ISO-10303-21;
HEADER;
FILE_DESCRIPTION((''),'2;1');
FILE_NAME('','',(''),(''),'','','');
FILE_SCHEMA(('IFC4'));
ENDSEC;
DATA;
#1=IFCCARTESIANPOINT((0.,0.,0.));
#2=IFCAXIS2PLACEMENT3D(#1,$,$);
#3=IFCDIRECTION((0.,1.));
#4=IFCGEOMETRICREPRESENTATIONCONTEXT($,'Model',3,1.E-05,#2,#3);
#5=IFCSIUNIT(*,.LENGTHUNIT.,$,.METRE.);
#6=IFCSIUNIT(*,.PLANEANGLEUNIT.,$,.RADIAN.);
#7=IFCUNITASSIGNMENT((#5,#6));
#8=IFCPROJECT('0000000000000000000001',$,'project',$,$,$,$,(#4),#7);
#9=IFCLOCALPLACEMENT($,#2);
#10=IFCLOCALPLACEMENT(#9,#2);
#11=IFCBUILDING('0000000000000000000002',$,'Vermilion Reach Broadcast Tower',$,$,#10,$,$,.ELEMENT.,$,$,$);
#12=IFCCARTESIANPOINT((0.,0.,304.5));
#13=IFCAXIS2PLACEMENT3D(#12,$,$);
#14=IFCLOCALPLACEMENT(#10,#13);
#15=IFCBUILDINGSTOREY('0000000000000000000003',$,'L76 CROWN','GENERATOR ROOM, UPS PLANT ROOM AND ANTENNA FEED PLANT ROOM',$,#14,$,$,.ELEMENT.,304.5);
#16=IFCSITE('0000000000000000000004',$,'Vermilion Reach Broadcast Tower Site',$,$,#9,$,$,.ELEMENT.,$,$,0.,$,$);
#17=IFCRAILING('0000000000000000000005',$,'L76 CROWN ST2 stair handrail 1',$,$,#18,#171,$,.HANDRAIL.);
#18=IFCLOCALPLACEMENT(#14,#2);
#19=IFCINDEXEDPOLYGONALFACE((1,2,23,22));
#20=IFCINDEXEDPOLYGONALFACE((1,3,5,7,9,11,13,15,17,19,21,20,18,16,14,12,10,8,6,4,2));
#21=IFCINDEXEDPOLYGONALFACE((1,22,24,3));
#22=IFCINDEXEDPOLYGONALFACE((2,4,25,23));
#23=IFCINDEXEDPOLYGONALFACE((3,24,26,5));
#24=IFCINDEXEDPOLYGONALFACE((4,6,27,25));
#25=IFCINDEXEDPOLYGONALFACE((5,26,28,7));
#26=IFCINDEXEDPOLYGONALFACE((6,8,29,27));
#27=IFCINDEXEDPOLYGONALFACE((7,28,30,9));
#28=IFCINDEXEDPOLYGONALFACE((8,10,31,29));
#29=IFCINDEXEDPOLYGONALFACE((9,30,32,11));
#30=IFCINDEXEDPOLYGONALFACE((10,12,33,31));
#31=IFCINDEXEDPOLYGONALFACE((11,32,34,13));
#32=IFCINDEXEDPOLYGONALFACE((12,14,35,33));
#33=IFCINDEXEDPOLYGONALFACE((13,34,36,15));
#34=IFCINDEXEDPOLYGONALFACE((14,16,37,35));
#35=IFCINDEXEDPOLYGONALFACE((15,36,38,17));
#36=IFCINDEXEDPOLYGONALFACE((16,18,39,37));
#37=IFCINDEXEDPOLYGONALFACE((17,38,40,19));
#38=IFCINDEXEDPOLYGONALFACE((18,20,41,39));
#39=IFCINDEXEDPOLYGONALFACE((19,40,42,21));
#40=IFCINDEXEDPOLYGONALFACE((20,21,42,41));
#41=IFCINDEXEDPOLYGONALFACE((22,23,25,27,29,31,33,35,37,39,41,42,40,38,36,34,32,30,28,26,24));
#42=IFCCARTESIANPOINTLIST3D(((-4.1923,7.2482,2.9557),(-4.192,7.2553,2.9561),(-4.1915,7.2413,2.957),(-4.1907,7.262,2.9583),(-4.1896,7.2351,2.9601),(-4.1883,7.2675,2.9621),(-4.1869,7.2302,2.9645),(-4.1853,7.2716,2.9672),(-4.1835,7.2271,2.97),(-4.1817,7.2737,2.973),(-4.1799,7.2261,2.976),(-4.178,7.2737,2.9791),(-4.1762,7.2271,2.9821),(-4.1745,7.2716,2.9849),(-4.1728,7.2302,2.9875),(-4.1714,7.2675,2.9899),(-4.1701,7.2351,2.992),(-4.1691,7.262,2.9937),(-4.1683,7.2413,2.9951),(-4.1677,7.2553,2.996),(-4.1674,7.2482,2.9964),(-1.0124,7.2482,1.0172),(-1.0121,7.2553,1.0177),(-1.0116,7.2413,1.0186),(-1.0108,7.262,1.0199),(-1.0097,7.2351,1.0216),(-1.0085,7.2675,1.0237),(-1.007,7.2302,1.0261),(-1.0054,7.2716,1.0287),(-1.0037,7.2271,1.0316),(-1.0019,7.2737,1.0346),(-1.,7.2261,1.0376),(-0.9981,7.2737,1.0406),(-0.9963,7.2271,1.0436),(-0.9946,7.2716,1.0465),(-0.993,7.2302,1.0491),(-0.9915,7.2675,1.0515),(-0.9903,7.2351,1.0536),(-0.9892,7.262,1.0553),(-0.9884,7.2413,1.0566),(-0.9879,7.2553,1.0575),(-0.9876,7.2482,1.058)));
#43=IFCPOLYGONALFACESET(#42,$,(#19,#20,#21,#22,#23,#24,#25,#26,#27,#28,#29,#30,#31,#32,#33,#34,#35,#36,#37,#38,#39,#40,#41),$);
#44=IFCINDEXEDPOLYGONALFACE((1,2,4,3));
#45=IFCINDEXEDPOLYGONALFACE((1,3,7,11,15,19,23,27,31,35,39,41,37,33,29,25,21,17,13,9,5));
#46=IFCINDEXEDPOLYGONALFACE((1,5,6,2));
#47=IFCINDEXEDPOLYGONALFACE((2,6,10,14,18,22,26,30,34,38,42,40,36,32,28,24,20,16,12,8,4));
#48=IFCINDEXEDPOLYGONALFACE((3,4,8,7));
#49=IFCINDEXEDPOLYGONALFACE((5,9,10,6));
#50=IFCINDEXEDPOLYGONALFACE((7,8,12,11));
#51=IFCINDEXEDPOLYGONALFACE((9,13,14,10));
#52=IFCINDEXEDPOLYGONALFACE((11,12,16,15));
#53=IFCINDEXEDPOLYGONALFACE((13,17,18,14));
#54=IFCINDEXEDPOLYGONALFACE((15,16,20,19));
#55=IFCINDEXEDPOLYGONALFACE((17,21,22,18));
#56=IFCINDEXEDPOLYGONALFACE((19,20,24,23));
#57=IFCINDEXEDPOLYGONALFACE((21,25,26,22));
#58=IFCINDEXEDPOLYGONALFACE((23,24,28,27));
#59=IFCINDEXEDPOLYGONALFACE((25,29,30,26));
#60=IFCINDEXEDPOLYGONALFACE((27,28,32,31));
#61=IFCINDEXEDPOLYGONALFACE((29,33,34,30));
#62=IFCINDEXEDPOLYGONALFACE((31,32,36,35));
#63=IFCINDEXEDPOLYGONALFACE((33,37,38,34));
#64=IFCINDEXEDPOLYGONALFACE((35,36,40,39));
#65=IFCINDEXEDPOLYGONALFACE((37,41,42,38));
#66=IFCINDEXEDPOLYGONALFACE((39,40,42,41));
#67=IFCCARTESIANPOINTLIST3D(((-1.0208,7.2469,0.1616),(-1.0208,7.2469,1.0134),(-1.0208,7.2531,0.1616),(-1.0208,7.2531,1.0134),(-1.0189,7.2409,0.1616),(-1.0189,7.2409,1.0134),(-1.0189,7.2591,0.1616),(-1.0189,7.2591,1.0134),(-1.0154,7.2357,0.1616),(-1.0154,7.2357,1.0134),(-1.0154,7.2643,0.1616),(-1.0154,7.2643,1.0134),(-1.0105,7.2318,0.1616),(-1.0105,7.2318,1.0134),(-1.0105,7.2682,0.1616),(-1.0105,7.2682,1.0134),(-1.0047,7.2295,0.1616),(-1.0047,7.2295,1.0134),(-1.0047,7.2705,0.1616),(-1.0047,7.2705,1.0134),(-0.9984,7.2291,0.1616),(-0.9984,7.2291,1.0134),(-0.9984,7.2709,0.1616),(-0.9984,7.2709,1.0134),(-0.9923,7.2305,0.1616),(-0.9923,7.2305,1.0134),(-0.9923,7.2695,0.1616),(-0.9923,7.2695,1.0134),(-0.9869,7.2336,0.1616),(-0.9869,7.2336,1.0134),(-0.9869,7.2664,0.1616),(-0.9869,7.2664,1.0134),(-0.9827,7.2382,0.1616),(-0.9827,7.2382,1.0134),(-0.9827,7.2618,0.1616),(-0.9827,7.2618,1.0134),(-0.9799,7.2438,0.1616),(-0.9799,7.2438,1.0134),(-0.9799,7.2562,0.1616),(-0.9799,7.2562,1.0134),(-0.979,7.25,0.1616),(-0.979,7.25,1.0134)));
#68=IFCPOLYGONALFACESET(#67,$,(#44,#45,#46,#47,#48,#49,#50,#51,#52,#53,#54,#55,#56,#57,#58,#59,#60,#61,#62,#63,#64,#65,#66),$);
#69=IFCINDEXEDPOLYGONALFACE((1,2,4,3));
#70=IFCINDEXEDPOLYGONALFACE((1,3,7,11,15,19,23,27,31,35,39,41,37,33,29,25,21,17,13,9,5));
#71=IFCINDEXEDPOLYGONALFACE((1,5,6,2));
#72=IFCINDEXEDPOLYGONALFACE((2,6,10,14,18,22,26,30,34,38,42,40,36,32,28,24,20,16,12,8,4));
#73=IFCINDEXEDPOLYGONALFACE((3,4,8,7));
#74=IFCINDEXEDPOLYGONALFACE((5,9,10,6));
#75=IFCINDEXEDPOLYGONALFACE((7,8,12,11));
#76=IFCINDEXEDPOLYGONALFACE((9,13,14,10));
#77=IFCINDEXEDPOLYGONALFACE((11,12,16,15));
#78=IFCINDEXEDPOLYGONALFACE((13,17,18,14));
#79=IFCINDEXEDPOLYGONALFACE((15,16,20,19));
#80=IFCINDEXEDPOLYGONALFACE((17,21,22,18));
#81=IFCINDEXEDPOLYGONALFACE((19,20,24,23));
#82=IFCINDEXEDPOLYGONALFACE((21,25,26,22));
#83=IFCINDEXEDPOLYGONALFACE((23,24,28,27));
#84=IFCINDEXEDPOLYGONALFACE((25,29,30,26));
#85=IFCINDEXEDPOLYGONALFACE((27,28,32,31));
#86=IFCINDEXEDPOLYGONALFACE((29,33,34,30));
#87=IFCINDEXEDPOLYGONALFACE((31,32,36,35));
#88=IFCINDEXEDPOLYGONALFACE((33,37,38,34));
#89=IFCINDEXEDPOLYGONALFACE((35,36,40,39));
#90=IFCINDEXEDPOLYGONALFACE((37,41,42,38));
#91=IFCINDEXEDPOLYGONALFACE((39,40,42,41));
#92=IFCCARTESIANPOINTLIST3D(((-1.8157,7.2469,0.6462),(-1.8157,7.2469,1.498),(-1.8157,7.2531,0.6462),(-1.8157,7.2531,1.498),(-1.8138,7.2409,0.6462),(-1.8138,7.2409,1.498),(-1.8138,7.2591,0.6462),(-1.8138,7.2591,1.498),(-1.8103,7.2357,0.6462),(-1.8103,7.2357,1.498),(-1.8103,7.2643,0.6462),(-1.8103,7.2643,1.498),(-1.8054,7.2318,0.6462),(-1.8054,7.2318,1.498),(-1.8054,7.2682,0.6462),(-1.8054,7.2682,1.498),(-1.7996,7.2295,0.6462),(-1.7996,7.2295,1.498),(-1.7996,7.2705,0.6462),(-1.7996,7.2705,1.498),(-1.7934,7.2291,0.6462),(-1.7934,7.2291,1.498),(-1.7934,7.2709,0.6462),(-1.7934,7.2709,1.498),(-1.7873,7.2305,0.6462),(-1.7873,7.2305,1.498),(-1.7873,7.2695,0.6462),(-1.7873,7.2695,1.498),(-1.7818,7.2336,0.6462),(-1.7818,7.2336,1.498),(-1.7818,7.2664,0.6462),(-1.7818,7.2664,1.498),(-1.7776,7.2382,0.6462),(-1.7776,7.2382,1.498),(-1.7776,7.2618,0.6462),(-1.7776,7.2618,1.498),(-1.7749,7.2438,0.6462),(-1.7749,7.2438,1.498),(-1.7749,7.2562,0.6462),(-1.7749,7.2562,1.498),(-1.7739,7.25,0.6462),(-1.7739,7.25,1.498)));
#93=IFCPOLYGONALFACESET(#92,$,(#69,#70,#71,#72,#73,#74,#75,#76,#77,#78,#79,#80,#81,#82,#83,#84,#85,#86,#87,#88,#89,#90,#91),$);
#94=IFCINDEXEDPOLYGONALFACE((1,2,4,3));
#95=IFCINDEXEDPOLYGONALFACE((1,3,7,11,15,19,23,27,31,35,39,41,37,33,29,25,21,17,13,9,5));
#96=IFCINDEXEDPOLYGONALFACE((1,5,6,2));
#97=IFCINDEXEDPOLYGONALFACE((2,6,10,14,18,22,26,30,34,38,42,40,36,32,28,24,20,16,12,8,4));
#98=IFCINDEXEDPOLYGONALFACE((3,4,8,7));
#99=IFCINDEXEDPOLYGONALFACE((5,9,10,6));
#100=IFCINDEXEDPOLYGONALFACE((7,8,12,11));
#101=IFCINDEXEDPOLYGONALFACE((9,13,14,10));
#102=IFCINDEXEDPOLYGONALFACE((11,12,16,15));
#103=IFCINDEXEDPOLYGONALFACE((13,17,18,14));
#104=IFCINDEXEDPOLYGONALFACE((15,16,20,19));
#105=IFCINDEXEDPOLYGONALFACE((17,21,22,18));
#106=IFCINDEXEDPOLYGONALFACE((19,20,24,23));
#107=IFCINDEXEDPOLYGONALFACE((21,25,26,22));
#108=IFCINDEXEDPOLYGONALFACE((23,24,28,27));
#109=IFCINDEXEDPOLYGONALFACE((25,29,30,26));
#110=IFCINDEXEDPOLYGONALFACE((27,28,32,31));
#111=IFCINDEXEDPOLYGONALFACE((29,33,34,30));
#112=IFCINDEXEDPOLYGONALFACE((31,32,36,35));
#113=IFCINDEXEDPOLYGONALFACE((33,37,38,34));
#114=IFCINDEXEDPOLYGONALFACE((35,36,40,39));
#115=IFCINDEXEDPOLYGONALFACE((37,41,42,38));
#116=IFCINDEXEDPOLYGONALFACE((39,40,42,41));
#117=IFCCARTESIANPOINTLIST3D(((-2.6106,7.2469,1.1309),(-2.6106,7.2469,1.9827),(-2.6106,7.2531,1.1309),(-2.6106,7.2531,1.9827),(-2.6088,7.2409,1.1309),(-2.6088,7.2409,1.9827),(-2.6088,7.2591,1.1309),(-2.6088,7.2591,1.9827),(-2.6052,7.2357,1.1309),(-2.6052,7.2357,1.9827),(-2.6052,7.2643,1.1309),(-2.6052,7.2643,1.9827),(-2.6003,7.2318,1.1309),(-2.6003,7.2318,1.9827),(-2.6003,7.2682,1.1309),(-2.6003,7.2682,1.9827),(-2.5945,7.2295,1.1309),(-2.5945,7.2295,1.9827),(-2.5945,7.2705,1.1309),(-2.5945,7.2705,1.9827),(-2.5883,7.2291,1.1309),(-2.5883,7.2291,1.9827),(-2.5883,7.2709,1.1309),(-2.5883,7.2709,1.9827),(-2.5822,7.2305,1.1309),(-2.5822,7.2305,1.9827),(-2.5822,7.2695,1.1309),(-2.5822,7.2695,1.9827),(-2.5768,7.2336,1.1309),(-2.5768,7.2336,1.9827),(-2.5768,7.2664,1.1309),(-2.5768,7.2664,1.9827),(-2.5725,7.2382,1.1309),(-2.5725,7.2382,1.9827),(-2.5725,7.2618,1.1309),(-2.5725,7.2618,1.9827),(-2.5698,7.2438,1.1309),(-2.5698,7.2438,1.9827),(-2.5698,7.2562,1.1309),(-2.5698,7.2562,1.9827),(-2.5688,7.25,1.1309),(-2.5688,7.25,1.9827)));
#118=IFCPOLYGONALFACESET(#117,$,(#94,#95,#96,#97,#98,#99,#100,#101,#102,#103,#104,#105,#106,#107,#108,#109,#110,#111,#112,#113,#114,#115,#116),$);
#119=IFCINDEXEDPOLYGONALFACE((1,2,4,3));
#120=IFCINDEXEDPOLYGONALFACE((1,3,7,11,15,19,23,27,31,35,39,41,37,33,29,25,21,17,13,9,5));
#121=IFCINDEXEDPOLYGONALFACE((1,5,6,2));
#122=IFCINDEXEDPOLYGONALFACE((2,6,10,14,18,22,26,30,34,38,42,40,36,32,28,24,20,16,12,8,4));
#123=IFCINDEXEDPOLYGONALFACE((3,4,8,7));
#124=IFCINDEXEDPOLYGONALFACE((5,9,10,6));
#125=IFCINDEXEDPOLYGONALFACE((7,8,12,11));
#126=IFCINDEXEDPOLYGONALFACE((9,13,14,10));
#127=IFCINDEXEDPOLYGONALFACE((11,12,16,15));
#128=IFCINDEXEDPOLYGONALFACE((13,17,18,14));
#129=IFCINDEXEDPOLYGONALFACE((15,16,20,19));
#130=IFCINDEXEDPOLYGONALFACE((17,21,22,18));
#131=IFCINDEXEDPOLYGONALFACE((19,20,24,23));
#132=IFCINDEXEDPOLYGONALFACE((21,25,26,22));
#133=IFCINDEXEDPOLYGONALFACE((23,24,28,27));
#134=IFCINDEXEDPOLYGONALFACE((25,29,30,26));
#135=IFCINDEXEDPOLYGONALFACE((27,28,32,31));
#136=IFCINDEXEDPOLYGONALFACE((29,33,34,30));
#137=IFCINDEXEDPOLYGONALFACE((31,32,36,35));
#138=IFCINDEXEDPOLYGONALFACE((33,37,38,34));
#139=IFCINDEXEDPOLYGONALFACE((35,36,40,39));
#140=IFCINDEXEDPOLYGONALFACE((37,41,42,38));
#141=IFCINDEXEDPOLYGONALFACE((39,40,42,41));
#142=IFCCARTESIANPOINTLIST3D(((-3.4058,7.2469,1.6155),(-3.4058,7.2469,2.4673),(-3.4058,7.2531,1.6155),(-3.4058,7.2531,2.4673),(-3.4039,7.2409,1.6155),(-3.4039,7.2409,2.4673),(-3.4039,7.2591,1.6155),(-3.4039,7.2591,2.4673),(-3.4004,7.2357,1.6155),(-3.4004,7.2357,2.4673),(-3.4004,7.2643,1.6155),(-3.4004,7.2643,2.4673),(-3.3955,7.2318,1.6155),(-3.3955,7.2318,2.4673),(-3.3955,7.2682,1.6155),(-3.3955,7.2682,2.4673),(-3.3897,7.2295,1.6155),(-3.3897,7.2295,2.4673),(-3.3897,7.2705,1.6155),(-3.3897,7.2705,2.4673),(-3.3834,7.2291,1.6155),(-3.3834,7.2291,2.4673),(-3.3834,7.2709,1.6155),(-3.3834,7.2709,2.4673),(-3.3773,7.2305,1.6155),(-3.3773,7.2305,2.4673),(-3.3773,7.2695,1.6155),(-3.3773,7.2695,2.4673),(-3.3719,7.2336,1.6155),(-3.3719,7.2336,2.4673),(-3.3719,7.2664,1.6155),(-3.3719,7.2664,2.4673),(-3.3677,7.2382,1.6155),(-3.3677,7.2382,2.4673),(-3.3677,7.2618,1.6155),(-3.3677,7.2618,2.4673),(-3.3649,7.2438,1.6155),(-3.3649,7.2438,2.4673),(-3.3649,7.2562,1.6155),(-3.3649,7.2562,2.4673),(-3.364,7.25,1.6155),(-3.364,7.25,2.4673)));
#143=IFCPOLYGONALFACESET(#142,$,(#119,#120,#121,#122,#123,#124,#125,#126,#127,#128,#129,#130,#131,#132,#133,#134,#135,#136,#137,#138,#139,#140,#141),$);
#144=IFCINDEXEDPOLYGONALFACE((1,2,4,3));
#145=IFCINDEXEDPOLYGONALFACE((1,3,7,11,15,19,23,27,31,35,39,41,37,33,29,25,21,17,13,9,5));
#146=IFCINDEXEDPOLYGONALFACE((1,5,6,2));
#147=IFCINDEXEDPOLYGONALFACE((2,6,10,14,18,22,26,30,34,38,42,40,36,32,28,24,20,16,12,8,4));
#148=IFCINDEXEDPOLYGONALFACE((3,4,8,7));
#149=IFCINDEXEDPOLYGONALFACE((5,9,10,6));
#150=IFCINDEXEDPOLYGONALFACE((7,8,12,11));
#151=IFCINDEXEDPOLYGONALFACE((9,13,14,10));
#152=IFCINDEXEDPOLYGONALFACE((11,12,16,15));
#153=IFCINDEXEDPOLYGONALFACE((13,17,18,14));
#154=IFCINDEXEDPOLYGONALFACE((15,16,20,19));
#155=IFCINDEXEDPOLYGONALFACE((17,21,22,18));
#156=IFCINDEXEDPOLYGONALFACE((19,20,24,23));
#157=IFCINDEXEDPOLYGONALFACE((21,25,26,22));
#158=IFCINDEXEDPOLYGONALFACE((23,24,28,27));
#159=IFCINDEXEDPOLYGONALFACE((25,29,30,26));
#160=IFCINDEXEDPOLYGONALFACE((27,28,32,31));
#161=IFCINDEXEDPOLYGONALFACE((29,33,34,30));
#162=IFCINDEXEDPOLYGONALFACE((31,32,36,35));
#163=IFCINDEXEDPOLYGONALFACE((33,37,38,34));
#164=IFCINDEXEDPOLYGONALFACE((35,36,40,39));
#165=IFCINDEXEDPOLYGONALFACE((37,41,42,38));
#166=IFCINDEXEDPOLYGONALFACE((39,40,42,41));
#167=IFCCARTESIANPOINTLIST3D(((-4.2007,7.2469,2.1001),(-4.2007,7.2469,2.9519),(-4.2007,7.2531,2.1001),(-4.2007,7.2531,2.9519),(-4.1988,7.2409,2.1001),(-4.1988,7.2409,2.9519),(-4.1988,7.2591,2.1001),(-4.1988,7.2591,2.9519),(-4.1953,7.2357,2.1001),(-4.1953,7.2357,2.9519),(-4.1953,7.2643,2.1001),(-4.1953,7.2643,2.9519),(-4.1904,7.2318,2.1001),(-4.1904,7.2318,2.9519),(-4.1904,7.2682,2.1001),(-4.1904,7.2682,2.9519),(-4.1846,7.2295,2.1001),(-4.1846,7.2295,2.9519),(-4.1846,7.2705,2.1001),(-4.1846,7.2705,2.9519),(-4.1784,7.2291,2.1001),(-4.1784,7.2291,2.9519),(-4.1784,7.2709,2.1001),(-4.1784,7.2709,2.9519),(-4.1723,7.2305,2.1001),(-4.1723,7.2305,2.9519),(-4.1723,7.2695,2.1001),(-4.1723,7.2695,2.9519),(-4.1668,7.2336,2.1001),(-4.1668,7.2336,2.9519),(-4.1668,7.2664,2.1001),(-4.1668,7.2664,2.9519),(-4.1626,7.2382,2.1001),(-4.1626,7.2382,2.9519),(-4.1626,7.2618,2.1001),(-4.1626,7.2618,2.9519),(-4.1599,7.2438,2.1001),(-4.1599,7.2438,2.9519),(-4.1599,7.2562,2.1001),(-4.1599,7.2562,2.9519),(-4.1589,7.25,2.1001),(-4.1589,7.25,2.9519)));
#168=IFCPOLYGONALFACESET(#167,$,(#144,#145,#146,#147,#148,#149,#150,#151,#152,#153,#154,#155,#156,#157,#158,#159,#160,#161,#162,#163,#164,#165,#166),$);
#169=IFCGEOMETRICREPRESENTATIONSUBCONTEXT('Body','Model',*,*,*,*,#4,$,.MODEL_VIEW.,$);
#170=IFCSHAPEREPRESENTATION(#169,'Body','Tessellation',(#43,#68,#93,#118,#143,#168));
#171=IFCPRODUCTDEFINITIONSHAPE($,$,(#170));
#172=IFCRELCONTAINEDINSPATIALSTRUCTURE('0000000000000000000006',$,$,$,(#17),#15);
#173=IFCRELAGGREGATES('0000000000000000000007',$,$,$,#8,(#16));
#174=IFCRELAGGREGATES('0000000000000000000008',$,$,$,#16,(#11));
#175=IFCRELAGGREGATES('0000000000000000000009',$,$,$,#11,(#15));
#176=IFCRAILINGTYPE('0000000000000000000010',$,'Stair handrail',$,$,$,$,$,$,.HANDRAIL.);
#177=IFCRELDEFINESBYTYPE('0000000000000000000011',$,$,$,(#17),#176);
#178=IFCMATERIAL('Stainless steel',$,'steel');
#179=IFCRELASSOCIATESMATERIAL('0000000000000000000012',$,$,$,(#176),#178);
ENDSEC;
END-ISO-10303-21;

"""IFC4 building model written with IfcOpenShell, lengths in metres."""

from ifc_helpers import new_model, si_unit, direction, frame, origin, origin_2d, place, context, subcontext, project, spatial, circle, extrude, material, type_object, element, save


model = new_model("IFC4")

# Units and contexts
model_context = context("Model", 3, precision=1e-05, world=origin(), true_north=direction((0.0, 1.0)))
body_context = subcontext(model_context, "Body", "Model", "MODEL_VIEW")
ifc_project = project(units=[si_unit("LENGTHUNIT", "METRE"), si_unit("PLANEANGLEUNIT", "RADIAN")], contexts=[model_context])

# Site, building, storey
site_placement = place(None, origin())
site = spatial("IfcSite", under=ifc_project, at=site_placement, Name="Vermilion Reach Broadcast Tower Site", CompositionType="ELEMENT", RefElevation=0.0)
building_placement = place(site_placement, origin())
building = spatial("IfcBuilding", under=site, at=building_placement, Name="Vermilion Reach Broadcast Tower", CompositionType="ELEMENT")
storey_placement = place(building_placement, frame((0.0, 0.0, 304.5)))
storey = spatial("IfcBuildingStorey", under=building, at=storey_placement, Name="L76 CROWN", Description="GENERATOR ROOM, UPS PLANT ROOM AND ANTENNA FEED PLANT ROOM", CompositionType="ELEMENT", Elevation=304.5)

# Railing
ifc_material_1 = material(Name="Stainless steel", Category="steel")
railing_type_1 = type_object("IfcRailingType", Name="Stair handrail", PredefinedType="HANDRAIL", material=ifc_material_1)
railing_1_placement = place(storey_placement, frame((-1.0, 7.25, 0.1616)))
element("IfcRailing", 1, at=railing_1_placement, inside=storey, type_object=railing_type_1, Name="L76 CROWN ST2 stair handrail 1", PredefinedType="HANDRAIL", context=body_context, shape_type="SweptSolid", body=[
    extrude(circle(Radius=0.0239, at=origin_2d()), frame((0.0, 0.0, 0.876), z_axis=(-0.853857, 0.0, 0.520508), x_axis=(0.0, -1.0, 0.0)), (0.0, 0.0, 1.0), 3.7241),
    extrude(circle(Radius=0.021, at=origin_2d()), origin(), (0.0, 0.0, 1.0), 0.8518),
    extrude(circle(Radius=0.021, at=origin_2d()), frame((-0.7949, 0.0, 0.4846)), (0.0, 0.0, 1.0), 0.8518),
    extrude(circle(Radius=0.021, at=origin_2d()), frame((-1.5898, 0.0, 0.9692)), (0.0, 0.0, 1.0), 0.8518),
    extrude(circle(Radius=0.021, at=origin_2d()), frame((-2.385, 0.0, 1.4539)), (0.0, 0.0, 1.0), 0.8518),
    extrude(circle(Radius=0.021, at=origin_2d()), frame((-3.1799, 0.0, 1.9385)), (0.0, 0.0, 1.0), 0.8518),
])

save(model, "model.ifc")
